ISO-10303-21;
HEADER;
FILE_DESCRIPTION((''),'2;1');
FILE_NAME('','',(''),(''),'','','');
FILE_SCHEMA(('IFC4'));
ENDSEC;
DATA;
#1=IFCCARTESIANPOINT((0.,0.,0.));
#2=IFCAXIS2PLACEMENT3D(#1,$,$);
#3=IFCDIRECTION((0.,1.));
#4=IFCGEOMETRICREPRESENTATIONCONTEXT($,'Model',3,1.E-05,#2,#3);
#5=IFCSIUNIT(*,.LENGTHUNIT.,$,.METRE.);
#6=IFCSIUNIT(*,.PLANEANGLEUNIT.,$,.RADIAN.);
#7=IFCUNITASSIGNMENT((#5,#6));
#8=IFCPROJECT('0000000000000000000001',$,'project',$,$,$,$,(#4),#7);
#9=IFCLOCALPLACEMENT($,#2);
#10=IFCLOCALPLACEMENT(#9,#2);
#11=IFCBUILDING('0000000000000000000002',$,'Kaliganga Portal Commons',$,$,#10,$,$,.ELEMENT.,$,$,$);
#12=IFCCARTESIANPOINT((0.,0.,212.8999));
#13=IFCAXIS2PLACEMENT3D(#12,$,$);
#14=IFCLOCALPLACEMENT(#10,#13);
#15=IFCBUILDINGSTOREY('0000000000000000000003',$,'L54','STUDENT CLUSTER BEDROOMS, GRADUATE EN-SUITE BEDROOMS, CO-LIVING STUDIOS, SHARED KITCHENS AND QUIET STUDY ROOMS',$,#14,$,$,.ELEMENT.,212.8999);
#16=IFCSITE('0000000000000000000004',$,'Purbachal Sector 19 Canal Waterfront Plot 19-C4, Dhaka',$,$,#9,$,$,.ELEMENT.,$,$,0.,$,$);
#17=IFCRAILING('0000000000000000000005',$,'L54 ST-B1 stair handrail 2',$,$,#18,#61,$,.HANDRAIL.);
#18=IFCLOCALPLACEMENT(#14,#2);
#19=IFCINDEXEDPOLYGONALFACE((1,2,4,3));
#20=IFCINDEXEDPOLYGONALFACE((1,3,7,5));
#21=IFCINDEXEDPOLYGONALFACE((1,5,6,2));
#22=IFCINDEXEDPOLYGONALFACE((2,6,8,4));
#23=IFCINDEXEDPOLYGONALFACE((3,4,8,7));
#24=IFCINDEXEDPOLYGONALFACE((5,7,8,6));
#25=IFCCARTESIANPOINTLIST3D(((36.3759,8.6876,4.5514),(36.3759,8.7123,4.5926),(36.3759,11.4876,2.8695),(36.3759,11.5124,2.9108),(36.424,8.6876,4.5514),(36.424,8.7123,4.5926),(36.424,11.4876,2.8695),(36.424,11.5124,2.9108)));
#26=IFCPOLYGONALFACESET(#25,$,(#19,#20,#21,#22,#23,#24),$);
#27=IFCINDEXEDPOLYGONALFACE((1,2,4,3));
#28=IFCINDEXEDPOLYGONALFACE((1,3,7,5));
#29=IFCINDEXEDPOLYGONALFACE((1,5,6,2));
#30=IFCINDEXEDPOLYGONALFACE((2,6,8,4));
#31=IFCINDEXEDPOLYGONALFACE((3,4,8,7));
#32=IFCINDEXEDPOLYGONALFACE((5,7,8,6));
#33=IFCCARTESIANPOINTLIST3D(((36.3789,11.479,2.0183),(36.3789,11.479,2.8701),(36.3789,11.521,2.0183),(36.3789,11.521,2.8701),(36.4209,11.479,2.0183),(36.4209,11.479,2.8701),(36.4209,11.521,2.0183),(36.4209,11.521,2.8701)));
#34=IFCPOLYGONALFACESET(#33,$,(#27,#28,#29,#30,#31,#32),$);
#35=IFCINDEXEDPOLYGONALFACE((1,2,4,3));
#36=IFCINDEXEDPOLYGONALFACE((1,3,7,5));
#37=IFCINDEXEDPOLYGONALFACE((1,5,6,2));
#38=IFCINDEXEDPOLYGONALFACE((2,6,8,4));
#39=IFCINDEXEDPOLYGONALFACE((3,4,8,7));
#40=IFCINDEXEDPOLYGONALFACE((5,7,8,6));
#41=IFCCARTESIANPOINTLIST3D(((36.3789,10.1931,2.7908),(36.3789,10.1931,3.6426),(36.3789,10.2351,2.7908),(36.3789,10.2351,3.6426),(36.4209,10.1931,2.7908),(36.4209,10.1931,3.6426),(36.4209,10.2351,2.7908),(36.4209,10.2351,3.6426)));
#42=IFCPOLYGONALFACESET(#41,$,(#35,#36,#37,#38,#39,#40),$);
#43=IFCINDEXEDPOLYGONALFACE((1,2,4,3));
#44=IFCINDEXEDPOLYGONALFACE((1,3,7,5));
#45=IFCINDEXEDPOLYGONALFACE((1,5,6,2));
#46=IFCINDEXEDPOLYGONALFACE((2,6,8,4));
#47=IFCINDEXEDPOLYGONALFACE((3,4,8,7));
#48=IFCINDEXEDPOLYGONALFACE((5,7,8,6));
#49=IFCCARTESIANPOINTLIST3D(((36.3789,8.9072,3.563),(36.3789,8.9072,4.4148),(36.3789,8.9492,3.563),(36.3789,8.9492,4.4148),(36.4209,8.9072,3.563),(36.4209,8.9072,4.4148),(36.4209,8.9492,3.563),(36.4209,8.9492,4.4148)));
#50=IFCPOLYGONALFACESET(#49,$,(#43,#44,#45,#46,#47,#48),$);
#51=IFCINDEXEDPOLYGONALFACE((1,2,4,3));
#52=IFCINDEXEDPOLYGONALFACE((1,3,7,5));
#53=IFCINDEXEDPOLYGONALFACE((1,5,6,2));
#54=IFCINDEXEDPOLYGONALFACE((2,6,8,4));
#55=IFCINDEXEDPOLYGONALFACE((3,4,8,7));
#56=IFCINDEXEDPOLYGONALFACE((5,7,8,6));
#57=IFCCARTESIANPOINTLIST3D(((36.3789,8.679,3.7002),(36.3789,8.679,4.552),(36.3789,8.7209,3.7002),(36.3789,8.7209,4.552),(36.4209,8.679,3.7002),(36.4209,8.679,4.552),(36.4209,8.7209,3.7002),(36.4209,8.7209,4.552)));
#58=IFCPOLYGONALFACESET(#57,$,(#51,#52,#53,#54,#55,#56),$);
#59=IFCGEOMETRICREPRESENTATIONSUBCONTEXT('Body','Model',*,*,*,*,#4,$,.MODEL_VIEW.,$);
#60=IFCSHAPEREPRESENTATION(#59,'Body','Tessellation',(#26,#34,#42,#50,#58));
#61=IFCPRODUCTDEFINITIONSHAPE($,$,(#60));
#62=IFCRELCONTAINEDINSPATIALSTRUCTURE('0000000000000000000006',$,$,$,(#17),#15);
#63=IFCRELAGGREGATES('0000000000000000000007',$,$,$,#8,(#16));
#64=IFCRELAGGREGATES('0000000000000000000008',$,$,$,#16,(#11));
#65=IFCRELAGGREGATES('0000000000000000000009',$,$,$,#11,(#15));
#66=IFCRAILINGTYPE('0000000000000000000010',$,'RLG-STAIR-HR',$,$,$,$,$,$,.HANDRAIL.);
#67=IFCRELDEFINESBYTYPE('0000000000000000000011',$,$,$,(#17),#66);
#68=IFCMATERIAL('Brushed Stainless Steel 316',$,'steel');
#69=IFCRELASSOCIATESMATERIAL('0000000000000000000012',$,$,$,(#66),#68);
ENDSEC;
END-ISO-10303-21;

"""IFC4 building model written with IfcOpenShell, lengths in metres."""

from ifc_helpers import new_model, si_unit, direction, frame, origin, origin_2d, place, context, subcontext, project, spatial, rectangle, extrude, material, type_object, element, save


model = new_model("IFC4")

# Units and contexts
model_context = context("Model", 3, precision=1e-05, world=origin(), true_north=direction((0.0, 1.0)))
body_context = subcontext(model_context, "Body", "Model", "MODEL_VIEW")
ifc_project = project(units=[si_unit("LENGTHUNIT", "METRE"), si_unit("PLANEANGLEUNIT", "RADIAN")], contexts=[model_context])

# Site, building, storey
site_placement = place(None, origin())
site = spatial("IfcSite", under=ifc_project, at=site_placement, Name="Purbachal Sector 19 Canal Waterfront Plot 19-C4, Dhaka", CompositionType="ELEMENT", RefElevation=0.0)
building_placement = place(site_placement, origin())
building = spatial("IfcBuilding", under=site, at=building_placement, Name="Kaliganga Portal Commons", CompositionType="ELEMENT")
storey_placement = place(building_placement, frame((0.0, 0.0, 212.8999)))
storey = spatial("IfcBuildingStorey", under=building, at=storey_placement, Name="L54", Description="STUDENT CLUSTER BEDROOMS, GRADUATE EN-SUITE BEDROOMS, CO-LIVING STUDIOS, SHARED KITCHENS AND QUIET STUDY ROOMS", CompositionType="ELEMENT", Elevation=212.8999)

# Railing
ifc_material_1 = material(Name="Brushed Stainless Steel 316", Category="steel")
railing_type_1 = type_object("IfcRailingType", Name="RLG-STAIR-HR", PredefinedType="HANDRAIL", material=ifc_material_1)
railing_1_placement = place(storey_placement, frame((36.3999, 11.5, 2.0183)))
element("IfcRailing", 1, at=railing_1_placement, inside=storey, type_object=railing_type_1, Name="L54 ST-B1 stair handrail 2", PredefinedType="HANDRAIL", context=body_context, shape_type="SweptSolid", body=[
    extrude(rectangle(XDim=0.0481, YDim=0.0481, at=origin_2d()), frame((0.0, 0.0, 0.8718), z_axis=(0.0, -0.857242, 0.514913), x_axis=(1.0, 0.0, 0.0)), (0.0, 0.0, 1.0), 3.2664),
    extrude(rectangle(XDim=0.042, YDim=0.042, at=origin_2d()), origin(), (0.0, 0.0, 1.0), 0.8518),
    extrude(rectangle(XDim=0.042, YDim=0.042, at=origin_2d()), frame((0.0, -1.2859, 0.7725)), (0.0, 0.0, 1.0), 0.8518),
    extrude(rectangle(XDim=0.042, YDim=0.042, at=origin_2d()), frame((0.0, -2.5718, 1.5447)), (0.0, 0.0, 1.0), 0.8518),
    extrude(rectangle(XDim=0.042, YDim=0.042, at=origin_2d()), frame((0.0, -2.8, 1.6819)), (0.0, 0.0, 1.0), 0.8518),
])

save(model, "model.ifc")
